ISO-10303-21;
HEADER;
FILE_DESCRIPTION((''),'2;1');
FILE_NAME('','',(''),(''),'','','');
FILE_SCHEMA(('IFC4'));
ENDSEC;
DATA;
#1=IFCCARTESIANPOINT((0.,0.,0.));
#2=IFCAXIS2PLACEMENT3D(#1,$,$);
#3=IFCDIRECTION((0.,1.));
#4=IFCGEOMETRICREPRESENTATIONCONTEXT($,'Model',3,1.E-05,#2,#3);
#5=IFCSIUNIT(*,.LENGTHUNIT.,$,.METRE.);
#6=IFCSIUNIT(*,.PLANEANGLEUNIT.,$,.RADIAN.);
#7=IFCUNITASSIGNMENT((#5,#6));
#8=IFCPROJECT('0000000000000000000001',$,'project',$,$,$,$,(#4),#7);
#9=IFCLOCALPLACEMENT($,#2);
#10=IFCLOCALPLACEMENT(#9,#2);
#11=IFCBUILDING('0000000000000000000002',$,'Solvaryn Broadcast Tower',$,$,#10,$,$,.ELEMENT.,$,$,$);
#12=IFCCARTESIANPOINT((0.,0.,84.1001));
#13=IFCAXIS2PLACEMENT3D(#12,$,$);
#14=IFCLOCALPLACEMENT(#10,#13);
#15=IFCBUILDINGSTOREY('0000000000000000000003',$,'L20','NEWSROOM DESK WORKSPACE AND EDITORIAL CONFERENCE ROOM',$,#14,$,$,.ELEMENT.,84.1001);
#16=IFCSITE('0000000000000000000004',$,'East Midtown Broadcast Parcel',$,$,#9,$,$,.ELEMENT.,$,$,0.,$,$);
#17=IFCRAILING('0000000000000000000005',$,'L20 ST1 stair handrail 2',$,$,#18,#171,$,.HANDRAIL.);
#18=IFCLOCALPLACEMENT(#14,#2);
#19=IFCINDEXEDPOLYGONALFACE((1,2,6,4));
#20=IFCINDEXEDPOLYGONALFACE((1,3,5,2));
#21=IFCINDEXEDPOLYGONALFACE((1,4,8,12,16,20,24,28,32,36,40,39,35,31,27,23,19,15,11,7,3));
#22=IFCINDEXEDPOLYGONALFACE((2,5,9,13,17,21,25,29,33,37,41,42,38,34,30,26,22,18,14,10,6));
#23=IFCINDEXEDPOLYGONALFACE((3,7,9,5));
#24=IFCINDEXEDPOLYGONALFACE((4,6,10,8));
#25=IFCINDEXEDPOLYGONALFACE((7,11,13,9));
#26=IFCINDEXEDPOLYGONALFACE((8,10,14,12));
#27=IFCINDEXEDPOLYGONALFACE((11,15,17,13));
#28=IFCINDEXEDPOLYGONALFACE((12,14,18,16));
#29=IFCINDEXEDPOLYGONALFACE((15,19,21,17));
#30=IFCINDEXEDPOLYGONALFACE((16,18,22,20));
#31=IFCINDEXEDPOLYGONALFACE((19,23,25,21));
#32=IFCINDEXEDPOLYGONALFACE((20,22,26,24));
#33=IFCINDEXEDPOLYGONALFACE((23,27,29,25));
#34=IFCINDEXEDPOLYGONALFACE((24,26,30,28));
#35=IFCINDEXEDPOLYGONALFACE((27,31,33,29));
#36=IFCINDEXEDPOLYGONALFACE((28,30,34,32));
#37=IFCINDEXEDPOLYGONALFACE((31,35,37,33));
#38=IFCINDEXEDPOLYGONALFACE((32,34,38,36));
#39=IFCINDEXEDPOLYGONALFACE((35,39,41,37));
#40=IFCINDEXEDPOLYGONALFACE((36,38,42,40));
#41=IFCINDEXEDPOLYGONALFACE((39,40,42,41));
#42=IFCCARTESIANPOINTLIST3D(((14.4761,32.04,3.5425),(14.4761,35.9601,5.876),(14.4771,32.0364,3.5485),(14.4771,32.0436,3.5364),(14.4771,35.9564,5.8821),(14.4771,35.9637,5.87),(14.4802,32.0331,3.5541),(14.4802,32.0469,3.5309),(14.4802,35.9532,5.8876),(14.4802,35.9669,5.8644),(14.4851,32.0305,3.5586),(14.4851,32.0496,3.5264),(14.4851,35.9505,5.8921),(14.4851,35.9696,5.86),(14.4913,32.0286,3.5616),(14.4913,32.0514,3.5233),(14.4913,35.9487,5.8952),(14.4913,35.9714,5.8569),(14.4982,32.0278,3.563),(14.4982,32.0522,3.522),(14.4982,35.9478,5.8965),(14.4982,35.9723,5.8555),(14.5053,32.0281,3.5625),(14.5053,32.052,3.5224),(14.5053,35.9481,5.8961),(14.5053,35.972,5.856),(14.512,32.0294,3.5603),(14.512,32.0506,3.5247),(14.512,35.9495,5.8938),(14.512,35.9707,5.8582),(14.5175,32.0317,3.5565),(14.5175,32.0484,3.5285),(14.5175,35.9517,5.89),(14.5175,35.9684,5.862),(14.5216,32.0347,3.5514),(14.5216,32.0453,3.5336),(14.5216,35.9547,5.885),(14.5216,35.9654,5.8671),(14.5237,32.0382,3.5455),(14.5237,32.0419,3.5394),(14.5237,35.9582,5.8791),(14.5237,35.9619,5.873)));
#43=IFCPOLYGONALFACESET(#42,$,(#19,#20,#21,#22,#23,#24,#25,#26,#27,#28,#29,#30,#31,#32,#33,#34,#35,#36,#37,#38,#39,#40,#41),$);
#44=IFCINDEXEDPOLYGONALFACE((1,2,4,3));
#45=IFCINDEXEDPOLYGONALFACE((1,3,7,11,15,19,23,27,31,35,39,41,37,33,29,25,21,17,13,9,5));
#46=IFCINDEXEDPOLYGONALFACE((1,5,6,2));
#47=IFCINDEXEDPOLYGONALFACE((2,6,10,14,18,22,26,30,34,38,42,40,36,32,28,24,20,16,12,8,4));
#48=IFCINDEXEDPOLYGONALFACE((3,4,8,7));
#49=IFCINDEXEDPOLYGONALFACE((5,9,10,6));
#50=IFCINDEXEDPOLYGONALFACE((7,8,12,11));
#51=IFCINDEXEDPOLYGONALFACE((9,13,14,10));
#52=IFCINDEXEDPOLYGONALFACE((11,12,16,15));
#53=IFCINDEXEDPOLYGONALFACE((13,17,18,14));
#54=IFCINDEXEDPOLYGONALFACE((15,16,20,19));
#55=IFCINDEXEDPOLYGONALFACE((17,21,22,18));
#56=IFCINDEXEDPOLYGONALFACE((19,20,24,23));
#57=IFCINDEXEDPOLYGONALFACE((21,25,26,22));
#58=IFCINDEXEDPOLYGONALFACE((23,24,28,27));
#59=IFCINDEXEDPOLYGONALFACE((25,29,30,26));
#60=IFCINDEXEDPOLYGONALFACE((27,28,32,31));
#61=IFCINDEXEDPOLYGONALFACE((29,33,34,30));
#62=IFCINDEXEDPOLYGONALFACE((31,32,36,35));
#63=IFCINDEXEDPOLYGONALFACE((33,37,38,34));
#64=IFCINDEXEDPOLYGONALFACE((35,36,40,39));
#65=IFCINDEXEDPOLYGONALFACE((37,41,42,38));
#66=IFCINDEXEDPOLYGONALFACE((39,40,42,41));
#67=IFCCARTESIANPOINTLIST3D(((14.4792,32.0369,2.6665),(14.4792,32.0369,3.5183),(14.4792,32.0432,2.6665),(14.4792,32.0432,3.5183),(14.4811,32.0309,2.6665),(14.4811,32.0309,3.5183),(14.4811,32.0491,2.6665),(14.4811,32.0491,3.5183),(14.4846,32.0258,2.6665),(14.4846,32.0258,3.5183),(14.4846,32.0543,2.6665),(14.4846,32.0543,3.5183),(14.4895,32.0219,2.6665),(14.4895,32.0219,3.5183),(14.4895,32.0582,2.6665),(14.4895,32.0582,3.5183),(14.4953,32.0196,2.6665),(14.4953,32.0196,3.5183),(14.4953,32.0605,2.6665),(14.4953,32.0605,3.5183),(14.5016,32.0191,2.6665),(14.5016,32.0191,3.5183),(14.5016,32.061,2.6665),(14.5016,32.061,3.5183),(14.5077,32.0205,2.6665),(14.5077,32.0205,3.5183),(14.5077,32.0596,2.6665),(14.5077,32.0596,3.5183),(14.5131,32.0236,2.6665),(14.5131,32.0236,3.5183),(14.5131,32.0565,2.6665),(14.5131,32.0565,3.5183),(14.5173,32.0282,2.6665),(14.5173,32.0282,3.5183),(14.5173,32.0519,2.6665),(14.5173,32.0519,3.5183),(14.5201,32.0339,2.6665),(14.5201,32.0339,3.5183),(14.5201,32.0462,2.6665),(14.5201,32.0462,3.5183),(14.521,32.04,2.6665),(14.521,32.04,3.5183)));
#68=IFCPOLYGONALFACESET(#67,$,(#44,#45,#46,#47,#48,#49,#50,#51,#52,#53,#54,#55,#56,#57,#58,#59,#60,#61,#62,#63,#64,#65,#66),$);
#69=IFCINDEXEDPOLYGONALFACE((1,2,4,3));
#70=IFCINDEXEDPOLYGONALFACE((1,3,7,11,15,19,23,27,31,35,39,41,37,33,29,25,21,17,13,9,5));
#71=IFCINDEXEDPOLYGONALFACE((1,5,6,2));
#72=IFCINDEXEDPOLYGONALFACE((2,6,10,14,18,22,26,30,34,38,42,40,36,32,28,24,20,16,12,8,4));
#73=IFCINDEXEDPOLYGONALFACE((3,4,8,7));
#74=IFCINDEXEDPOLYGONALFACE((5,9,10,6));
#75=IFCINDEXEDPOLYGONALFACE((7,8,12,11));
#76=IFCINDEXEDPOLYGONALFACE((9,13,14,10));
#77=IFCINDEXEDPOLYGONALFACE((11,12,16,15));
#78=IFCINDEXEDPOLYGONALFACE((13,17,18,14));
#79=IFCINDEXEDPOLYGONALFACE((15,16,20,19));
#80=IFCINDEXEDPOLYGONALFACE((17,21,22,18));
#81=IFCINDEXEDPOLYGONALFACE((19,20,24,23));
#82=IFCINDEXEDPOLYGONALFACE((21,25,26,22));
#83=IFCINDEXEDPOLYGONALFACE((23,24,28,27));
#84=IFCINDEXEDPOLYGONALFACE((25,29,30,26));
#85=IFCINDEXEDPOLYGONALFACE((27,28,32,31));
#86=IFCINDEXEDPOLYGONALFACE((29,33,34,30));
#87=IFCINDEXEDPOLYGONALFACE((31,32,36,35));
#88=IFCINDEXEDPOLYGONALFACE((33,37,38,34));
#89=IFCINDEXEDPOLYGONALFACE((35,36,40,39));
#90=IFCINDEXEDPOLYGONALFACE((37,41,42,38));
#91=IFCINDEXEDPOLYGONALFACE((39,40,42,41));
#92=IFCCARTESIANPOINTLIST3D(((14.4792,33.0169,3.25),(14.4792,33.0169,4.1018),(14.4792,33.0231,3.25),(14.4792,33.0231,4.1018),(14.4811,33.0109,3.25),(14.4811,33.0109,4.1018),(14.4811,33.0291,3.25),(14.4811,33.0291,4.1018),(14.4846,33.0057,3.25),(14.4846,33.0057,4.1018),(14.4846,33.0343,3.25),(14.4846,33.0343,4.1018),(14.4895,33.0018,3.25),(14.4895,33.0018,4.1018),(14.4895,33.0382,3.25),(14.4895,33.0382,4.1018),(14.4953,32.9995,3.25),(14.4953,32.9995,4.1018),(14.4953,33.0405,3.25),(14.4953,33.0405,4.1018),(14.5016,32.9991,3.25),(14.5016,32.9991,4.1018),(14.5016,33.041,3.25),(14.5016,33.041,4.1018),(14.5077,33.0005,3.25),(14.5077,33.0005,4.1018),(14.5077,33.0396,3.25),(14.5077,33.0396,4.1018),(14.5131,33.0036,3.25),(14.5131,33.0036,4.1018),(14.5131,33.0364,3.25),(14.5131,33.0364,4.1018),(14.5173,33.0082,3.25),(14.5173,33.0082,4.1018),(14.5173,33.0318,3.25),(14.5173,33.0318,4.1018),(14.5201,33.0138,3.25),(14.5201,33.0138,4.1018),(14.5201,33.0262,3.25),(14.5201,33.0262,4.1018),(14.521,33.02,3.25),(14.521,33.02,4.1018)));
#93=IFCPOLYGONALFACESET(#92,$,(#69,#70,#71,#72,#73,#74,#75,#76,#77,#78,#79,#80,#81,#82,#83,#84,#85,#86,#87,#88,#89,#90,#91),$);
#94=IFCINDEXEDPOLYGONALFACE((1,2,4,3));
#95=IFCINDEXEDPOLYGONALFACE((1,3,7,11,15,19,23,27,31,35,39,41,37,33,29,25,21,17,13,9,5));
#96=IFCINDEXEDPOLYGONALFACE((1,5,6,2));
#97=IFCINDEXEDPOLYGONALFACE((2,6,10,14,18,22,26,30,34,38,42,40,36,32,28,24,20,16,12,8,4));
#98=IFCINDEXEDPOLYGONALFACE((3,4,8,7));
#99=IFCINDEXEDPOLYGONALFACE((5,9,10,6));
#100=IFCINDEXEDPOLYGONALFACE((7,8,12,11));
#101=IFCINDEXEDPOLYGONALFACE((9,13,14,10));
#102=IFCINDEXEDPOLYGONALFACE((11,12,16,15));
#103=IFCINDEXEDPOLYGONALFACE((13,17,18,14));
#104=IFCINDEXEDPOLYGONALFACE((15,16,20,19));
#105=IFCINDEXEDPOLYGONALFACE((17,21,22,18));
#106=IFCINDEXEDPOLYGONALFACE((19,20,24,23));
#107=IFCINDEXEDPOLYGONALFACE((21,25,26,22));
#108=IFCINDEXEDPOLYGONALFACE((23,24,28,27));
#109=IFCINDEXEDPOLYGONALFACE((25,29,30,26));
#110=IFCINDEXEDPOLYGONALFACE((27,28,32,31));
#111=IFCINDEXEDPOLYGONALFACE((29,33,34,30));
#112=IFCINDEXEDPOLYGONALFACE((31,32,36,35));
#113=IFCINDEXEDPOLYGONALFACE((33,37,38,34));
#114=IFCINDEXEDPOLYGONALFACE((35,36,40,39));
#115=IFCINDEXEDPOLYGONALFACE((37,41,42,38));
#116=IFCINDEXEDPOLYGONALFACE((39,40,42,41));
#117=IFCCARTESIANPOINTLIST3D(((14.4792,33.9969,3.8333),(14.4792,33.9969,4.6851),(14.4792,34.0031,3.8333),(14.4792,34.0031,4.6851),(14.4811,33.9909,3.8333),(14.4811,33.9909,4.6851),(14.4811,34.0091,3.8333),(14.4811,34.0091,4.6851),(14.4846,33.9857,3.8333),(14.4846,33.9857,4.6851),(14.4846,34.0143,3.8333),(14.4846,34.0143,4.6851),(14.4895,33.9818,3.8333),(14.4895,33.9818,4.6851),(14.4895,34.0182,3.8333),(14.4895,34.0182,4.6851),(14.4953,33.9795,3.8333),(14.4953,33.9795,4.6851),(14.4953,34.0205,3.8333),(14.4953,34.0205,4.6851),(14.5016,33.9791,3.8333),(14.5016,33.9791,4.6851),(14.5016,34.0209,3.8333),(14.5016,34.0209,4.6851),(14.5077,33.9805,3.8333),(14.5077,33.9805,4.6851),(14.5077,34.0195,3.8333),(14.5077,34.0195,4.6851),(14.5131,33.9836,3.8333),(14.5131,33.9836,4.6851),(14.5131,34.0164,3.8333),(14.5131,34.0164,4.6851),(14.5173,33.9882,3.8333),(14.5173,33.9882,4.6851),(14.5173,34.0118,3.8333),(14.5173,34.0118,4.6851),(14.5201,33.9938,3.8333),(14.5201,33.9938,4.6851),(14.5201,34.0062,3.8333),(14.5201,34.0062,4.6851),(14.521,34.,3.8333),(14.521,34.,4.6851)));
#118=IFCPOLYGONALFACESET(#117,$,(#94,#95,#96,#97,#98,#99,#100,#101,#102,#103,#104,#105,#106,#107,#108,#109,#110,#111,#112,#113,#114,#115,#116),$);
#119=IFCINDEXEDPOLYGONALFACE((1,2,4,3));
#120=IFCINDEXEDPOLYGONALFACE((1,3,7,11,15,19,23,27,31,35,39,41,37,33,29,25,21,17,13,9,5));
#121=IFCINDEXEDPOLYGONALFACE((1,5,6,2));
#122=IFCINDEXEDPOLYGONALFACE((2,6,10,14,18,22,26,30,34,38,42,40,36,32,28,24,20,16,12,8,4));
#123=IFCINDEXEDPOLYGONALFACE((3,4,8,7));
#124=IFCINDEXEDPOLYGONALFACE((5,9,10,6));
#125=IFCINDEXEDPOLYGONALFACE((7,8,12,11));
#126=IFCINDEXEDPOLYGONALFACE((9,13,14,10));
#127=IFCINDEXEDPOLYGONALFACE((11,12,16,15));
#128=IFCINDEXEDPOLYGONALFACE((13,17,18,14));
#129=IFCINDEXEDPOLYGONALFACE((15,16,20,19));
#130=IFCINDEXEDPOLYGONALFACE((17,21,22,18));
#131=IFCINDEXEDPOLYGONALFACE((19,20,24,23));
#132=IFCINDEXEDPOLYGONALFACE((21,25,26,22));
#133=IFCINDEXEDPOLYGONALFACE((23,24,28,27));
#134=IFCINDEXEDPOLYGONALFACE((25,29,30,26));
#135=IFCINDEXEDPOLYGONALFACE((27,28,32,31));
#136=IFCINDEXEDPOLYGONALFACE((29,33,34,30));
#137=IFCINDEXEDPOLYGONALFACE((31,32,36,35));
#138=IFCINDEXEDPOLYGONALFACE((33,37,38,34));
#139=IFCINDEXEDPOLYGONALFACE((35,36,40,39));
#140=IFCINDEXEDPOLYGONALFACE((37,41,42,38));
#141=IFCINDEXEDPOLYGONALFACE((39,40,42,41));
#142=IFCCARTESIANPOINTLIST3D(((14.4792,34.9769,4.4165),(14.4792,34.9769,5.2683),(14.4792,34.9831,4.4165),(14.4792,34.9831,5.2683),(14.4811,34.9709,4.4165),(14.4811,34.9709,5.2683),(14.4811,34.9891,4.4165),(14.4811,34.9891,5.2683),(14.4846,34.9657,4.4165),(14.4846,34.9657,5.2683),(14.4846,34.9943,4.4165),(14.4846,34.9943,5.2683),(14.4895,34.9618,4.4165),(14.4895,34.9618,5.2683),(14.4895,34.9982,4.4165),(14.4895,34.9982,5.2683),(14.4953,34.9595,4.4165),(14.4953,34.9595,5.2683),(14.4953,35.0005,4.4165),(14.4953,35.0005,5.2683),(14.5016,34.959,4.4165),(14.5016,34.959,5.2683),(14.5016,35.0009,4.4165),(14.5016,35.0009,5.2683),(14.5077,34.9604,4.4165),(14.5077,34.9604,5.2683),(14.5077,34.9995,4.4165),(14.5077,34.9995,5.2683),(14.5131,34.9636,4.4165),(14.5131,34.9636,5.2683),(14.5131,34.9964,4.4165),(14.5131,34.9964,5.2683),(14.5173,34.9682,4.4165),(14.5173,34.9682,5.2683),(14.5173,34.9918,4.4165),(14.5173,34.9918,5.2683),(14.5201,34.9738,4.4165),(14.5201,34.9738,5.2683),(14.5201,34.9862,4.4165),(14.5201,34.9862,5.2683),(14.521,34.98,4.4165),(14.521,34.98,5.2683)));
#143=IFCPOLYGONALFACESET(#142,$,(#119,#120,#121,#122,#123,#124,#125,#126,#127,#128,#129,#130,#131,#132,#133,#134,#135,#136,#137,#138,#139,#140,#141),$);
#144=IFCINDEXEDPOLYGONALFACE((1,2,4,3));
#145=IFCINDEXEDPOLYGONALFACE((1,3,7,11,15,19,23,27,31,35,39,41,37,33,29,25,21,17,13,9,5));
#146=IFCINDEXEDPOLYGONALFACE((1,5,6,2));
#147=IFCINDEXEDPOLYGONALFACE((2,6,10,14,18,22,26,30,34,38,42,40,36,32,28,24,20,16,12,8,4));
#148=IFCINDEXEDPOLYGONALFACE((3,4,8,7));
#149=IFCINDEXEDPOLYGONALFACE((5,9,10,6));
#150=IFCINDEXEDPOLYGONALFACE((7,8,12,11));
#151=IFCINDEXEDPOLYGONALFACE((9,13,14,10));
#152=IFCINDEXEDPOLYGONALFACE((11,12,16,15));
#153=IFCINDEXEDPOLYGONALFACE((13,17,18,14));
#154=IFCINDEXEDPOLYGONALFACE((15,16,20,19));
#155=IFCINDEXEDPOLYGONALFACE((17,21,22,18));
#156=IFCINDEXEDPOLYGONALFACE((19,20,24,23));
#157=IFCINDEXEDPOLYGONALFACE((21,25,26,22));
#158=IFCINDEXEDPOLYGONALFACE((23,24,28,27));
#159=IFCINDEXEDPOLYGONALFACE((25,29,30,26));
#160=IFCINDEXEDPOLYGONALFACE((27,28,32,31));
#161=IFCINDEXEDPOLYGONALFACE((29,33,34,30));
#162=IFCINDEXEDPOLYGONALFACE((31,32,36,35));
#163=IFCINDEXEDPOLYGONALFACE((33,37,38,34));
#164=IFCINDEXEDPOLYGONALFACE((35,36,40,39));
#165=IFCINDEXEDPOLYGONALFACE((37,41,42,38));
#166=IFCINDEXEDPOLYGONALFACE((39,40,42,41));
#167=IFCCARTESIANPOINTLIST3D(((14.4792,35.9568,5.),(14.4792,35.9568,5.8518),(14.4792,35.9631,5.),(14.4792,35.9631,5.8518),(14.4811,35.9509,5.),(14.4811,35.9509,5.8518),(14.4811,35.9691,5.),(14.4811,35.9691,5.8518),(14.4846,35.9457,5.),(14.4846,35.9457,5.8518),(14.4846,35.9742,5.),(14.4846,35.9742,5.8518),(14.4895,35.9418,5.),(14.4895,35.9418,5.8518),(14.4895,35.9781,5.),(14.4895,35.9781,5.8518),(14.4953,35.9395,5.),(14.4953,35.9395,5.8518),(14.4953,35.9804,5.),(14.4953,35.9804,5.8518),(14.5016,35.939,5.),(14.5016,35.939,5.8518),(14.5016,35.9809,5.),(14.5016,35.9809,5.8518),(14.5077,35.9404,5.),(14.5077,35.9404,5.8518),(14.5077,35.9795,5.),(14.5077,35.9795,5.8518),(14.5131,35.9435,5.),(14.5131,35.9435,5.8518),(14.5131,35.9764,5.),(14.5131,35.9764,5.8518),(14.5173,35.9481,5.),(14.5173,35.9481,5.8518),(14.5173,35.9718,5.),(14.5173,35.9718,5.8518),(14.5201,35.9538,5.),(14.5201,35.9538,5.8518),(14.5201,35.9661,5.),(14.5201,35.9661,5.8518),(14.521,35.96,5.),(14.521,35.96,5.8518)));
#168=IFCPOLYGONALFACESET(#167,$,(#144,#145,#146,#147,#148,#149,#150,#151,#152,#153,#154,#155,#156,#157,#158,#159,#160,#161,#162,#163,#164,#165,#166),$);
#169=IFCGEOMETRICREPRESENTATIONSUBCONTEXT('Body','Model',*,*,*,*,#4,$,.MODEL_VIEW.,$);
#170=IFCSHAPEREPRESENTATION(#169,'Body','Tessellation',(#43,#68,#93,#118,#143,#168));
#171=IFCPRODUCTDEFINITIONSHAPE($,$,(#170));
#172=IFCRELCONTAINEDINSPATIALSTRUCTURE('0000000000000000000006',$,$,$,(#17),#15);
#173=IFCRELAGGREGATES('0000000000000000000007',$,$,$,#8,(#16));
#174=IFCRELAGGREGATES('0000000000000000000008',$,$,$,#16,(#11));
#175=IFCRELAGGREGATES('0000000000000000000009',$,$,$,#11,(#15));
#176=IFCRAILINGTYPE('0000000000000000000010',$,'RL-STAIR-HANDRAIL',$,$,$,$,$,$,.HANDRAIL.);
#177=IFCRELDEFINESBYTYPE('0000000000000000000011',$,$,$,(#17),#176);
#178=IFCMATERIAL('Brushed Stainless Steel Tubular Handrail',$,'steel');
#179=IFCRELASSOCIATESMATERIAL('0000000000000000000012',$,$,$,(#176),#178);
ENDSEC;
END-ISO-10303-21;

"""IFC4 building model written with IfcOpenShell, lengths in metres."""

from ifc_helpers import new_model, si_unit, direction, frame, origin, origin_2d, place, context, subcontext, project, spatial, circle, extrude, material, type_object, element, save


model = new_model("IFC4")

# Units and contexts
model_context = context("Model", 3, precision=1e-05, world=origin(), true_north=direction((0.0, 1.0)))
body_context = subcontext(model_context, "Body", "Model", "MODEL_VIEW")
ifc_project = project(units=[si_unit("LENGTHUNIT", "METRE"), si_unit("PLANEANGLEUNIT", "RADIAN")], contexts=[model_context])

# Site, building, storey
site_placement = place(None, origin())
site = spatial("IfcSite", under=ifc_project, at=site_placement, Name="East Midtown Broadcast Parcel", CompositionType="ELEMENT", RefElevation=0.0)
building_placement = place(site_placement, origin())
building = spatial("IfcBuilding", under=site, at=building_placement, Name="Solvaryn Broadcast Tower", CompositionType="ELEMENT")
storey_placement = place(building_placement, frame((0.0, 0.0, 84.1001)))
storey = spatial("IfcBuildingStorey", under=building, at=storey_placement, Name="L20", Description="NEWSROOM DESK WORKSPACE AND EDITORIAL CONFERENCE ROOM", CompositionType="ELEMENT", Elevation=84.1001)

# Railing
ifc_material_1 = material(Name="Brushed Stainless Steel Tubular Handrail", Category="steel")
railing_type_1 = type_object("IfcRailingType", Name="RL-STAIR-HANDRAIL", PredefinedType="HANDRAIL", material=ifc_material_1)
railing_1_placement = place(storey_placement, frame((14.5, 32.04, 2.6665)))
element("IfcRailing", 1, at=railing_1_placement, inside=storey, type_object=railing_type_1, Name="L20 ST1 stair handrail 2", PredefinedType="HANDRAIL", context=body_context, shape_type="SweptSolid", body=[
    extrude(circle(Radius=0.0239, at=origin_2d()), frame((0.0, 0.0, 0.876), z_axis=(0.0, 0.859273, 0.511518), x_axis=(-1.0, 0.0, 0.0)), (0.0, 0.0, 1.0), 4.562),
    extrude(circle(Radius=0.021, at=origin_2d()), origin(), (0.0, 0.0, 1.0), 0.8518),
    extrude(circle(Radius=0.021, at=origin_2d()), frame((0.0, 0.98, 0.5835)), (0.0, 0.0, 1.0), 0.8518),
    extrude(circle(Radius=0.021, at=origin_2d()), frame((0.0, 1.96, 1.1667)), (0.0, 0.0, 1.0), 0.8518),
    extrude(circle(Radius=0.021, at=origin_2d()), frame((0.0, 2.9399, 1.75)), (0.0, 0.0, 1.0), 0.8518),
    extrude(circle(Radius=0.021, at=origin_2d()), frame((0.0, 3.9199, 2.3335)), (0.0, 0.0, 1.0), 0.8518),
])

save(model, "model.ifc")
